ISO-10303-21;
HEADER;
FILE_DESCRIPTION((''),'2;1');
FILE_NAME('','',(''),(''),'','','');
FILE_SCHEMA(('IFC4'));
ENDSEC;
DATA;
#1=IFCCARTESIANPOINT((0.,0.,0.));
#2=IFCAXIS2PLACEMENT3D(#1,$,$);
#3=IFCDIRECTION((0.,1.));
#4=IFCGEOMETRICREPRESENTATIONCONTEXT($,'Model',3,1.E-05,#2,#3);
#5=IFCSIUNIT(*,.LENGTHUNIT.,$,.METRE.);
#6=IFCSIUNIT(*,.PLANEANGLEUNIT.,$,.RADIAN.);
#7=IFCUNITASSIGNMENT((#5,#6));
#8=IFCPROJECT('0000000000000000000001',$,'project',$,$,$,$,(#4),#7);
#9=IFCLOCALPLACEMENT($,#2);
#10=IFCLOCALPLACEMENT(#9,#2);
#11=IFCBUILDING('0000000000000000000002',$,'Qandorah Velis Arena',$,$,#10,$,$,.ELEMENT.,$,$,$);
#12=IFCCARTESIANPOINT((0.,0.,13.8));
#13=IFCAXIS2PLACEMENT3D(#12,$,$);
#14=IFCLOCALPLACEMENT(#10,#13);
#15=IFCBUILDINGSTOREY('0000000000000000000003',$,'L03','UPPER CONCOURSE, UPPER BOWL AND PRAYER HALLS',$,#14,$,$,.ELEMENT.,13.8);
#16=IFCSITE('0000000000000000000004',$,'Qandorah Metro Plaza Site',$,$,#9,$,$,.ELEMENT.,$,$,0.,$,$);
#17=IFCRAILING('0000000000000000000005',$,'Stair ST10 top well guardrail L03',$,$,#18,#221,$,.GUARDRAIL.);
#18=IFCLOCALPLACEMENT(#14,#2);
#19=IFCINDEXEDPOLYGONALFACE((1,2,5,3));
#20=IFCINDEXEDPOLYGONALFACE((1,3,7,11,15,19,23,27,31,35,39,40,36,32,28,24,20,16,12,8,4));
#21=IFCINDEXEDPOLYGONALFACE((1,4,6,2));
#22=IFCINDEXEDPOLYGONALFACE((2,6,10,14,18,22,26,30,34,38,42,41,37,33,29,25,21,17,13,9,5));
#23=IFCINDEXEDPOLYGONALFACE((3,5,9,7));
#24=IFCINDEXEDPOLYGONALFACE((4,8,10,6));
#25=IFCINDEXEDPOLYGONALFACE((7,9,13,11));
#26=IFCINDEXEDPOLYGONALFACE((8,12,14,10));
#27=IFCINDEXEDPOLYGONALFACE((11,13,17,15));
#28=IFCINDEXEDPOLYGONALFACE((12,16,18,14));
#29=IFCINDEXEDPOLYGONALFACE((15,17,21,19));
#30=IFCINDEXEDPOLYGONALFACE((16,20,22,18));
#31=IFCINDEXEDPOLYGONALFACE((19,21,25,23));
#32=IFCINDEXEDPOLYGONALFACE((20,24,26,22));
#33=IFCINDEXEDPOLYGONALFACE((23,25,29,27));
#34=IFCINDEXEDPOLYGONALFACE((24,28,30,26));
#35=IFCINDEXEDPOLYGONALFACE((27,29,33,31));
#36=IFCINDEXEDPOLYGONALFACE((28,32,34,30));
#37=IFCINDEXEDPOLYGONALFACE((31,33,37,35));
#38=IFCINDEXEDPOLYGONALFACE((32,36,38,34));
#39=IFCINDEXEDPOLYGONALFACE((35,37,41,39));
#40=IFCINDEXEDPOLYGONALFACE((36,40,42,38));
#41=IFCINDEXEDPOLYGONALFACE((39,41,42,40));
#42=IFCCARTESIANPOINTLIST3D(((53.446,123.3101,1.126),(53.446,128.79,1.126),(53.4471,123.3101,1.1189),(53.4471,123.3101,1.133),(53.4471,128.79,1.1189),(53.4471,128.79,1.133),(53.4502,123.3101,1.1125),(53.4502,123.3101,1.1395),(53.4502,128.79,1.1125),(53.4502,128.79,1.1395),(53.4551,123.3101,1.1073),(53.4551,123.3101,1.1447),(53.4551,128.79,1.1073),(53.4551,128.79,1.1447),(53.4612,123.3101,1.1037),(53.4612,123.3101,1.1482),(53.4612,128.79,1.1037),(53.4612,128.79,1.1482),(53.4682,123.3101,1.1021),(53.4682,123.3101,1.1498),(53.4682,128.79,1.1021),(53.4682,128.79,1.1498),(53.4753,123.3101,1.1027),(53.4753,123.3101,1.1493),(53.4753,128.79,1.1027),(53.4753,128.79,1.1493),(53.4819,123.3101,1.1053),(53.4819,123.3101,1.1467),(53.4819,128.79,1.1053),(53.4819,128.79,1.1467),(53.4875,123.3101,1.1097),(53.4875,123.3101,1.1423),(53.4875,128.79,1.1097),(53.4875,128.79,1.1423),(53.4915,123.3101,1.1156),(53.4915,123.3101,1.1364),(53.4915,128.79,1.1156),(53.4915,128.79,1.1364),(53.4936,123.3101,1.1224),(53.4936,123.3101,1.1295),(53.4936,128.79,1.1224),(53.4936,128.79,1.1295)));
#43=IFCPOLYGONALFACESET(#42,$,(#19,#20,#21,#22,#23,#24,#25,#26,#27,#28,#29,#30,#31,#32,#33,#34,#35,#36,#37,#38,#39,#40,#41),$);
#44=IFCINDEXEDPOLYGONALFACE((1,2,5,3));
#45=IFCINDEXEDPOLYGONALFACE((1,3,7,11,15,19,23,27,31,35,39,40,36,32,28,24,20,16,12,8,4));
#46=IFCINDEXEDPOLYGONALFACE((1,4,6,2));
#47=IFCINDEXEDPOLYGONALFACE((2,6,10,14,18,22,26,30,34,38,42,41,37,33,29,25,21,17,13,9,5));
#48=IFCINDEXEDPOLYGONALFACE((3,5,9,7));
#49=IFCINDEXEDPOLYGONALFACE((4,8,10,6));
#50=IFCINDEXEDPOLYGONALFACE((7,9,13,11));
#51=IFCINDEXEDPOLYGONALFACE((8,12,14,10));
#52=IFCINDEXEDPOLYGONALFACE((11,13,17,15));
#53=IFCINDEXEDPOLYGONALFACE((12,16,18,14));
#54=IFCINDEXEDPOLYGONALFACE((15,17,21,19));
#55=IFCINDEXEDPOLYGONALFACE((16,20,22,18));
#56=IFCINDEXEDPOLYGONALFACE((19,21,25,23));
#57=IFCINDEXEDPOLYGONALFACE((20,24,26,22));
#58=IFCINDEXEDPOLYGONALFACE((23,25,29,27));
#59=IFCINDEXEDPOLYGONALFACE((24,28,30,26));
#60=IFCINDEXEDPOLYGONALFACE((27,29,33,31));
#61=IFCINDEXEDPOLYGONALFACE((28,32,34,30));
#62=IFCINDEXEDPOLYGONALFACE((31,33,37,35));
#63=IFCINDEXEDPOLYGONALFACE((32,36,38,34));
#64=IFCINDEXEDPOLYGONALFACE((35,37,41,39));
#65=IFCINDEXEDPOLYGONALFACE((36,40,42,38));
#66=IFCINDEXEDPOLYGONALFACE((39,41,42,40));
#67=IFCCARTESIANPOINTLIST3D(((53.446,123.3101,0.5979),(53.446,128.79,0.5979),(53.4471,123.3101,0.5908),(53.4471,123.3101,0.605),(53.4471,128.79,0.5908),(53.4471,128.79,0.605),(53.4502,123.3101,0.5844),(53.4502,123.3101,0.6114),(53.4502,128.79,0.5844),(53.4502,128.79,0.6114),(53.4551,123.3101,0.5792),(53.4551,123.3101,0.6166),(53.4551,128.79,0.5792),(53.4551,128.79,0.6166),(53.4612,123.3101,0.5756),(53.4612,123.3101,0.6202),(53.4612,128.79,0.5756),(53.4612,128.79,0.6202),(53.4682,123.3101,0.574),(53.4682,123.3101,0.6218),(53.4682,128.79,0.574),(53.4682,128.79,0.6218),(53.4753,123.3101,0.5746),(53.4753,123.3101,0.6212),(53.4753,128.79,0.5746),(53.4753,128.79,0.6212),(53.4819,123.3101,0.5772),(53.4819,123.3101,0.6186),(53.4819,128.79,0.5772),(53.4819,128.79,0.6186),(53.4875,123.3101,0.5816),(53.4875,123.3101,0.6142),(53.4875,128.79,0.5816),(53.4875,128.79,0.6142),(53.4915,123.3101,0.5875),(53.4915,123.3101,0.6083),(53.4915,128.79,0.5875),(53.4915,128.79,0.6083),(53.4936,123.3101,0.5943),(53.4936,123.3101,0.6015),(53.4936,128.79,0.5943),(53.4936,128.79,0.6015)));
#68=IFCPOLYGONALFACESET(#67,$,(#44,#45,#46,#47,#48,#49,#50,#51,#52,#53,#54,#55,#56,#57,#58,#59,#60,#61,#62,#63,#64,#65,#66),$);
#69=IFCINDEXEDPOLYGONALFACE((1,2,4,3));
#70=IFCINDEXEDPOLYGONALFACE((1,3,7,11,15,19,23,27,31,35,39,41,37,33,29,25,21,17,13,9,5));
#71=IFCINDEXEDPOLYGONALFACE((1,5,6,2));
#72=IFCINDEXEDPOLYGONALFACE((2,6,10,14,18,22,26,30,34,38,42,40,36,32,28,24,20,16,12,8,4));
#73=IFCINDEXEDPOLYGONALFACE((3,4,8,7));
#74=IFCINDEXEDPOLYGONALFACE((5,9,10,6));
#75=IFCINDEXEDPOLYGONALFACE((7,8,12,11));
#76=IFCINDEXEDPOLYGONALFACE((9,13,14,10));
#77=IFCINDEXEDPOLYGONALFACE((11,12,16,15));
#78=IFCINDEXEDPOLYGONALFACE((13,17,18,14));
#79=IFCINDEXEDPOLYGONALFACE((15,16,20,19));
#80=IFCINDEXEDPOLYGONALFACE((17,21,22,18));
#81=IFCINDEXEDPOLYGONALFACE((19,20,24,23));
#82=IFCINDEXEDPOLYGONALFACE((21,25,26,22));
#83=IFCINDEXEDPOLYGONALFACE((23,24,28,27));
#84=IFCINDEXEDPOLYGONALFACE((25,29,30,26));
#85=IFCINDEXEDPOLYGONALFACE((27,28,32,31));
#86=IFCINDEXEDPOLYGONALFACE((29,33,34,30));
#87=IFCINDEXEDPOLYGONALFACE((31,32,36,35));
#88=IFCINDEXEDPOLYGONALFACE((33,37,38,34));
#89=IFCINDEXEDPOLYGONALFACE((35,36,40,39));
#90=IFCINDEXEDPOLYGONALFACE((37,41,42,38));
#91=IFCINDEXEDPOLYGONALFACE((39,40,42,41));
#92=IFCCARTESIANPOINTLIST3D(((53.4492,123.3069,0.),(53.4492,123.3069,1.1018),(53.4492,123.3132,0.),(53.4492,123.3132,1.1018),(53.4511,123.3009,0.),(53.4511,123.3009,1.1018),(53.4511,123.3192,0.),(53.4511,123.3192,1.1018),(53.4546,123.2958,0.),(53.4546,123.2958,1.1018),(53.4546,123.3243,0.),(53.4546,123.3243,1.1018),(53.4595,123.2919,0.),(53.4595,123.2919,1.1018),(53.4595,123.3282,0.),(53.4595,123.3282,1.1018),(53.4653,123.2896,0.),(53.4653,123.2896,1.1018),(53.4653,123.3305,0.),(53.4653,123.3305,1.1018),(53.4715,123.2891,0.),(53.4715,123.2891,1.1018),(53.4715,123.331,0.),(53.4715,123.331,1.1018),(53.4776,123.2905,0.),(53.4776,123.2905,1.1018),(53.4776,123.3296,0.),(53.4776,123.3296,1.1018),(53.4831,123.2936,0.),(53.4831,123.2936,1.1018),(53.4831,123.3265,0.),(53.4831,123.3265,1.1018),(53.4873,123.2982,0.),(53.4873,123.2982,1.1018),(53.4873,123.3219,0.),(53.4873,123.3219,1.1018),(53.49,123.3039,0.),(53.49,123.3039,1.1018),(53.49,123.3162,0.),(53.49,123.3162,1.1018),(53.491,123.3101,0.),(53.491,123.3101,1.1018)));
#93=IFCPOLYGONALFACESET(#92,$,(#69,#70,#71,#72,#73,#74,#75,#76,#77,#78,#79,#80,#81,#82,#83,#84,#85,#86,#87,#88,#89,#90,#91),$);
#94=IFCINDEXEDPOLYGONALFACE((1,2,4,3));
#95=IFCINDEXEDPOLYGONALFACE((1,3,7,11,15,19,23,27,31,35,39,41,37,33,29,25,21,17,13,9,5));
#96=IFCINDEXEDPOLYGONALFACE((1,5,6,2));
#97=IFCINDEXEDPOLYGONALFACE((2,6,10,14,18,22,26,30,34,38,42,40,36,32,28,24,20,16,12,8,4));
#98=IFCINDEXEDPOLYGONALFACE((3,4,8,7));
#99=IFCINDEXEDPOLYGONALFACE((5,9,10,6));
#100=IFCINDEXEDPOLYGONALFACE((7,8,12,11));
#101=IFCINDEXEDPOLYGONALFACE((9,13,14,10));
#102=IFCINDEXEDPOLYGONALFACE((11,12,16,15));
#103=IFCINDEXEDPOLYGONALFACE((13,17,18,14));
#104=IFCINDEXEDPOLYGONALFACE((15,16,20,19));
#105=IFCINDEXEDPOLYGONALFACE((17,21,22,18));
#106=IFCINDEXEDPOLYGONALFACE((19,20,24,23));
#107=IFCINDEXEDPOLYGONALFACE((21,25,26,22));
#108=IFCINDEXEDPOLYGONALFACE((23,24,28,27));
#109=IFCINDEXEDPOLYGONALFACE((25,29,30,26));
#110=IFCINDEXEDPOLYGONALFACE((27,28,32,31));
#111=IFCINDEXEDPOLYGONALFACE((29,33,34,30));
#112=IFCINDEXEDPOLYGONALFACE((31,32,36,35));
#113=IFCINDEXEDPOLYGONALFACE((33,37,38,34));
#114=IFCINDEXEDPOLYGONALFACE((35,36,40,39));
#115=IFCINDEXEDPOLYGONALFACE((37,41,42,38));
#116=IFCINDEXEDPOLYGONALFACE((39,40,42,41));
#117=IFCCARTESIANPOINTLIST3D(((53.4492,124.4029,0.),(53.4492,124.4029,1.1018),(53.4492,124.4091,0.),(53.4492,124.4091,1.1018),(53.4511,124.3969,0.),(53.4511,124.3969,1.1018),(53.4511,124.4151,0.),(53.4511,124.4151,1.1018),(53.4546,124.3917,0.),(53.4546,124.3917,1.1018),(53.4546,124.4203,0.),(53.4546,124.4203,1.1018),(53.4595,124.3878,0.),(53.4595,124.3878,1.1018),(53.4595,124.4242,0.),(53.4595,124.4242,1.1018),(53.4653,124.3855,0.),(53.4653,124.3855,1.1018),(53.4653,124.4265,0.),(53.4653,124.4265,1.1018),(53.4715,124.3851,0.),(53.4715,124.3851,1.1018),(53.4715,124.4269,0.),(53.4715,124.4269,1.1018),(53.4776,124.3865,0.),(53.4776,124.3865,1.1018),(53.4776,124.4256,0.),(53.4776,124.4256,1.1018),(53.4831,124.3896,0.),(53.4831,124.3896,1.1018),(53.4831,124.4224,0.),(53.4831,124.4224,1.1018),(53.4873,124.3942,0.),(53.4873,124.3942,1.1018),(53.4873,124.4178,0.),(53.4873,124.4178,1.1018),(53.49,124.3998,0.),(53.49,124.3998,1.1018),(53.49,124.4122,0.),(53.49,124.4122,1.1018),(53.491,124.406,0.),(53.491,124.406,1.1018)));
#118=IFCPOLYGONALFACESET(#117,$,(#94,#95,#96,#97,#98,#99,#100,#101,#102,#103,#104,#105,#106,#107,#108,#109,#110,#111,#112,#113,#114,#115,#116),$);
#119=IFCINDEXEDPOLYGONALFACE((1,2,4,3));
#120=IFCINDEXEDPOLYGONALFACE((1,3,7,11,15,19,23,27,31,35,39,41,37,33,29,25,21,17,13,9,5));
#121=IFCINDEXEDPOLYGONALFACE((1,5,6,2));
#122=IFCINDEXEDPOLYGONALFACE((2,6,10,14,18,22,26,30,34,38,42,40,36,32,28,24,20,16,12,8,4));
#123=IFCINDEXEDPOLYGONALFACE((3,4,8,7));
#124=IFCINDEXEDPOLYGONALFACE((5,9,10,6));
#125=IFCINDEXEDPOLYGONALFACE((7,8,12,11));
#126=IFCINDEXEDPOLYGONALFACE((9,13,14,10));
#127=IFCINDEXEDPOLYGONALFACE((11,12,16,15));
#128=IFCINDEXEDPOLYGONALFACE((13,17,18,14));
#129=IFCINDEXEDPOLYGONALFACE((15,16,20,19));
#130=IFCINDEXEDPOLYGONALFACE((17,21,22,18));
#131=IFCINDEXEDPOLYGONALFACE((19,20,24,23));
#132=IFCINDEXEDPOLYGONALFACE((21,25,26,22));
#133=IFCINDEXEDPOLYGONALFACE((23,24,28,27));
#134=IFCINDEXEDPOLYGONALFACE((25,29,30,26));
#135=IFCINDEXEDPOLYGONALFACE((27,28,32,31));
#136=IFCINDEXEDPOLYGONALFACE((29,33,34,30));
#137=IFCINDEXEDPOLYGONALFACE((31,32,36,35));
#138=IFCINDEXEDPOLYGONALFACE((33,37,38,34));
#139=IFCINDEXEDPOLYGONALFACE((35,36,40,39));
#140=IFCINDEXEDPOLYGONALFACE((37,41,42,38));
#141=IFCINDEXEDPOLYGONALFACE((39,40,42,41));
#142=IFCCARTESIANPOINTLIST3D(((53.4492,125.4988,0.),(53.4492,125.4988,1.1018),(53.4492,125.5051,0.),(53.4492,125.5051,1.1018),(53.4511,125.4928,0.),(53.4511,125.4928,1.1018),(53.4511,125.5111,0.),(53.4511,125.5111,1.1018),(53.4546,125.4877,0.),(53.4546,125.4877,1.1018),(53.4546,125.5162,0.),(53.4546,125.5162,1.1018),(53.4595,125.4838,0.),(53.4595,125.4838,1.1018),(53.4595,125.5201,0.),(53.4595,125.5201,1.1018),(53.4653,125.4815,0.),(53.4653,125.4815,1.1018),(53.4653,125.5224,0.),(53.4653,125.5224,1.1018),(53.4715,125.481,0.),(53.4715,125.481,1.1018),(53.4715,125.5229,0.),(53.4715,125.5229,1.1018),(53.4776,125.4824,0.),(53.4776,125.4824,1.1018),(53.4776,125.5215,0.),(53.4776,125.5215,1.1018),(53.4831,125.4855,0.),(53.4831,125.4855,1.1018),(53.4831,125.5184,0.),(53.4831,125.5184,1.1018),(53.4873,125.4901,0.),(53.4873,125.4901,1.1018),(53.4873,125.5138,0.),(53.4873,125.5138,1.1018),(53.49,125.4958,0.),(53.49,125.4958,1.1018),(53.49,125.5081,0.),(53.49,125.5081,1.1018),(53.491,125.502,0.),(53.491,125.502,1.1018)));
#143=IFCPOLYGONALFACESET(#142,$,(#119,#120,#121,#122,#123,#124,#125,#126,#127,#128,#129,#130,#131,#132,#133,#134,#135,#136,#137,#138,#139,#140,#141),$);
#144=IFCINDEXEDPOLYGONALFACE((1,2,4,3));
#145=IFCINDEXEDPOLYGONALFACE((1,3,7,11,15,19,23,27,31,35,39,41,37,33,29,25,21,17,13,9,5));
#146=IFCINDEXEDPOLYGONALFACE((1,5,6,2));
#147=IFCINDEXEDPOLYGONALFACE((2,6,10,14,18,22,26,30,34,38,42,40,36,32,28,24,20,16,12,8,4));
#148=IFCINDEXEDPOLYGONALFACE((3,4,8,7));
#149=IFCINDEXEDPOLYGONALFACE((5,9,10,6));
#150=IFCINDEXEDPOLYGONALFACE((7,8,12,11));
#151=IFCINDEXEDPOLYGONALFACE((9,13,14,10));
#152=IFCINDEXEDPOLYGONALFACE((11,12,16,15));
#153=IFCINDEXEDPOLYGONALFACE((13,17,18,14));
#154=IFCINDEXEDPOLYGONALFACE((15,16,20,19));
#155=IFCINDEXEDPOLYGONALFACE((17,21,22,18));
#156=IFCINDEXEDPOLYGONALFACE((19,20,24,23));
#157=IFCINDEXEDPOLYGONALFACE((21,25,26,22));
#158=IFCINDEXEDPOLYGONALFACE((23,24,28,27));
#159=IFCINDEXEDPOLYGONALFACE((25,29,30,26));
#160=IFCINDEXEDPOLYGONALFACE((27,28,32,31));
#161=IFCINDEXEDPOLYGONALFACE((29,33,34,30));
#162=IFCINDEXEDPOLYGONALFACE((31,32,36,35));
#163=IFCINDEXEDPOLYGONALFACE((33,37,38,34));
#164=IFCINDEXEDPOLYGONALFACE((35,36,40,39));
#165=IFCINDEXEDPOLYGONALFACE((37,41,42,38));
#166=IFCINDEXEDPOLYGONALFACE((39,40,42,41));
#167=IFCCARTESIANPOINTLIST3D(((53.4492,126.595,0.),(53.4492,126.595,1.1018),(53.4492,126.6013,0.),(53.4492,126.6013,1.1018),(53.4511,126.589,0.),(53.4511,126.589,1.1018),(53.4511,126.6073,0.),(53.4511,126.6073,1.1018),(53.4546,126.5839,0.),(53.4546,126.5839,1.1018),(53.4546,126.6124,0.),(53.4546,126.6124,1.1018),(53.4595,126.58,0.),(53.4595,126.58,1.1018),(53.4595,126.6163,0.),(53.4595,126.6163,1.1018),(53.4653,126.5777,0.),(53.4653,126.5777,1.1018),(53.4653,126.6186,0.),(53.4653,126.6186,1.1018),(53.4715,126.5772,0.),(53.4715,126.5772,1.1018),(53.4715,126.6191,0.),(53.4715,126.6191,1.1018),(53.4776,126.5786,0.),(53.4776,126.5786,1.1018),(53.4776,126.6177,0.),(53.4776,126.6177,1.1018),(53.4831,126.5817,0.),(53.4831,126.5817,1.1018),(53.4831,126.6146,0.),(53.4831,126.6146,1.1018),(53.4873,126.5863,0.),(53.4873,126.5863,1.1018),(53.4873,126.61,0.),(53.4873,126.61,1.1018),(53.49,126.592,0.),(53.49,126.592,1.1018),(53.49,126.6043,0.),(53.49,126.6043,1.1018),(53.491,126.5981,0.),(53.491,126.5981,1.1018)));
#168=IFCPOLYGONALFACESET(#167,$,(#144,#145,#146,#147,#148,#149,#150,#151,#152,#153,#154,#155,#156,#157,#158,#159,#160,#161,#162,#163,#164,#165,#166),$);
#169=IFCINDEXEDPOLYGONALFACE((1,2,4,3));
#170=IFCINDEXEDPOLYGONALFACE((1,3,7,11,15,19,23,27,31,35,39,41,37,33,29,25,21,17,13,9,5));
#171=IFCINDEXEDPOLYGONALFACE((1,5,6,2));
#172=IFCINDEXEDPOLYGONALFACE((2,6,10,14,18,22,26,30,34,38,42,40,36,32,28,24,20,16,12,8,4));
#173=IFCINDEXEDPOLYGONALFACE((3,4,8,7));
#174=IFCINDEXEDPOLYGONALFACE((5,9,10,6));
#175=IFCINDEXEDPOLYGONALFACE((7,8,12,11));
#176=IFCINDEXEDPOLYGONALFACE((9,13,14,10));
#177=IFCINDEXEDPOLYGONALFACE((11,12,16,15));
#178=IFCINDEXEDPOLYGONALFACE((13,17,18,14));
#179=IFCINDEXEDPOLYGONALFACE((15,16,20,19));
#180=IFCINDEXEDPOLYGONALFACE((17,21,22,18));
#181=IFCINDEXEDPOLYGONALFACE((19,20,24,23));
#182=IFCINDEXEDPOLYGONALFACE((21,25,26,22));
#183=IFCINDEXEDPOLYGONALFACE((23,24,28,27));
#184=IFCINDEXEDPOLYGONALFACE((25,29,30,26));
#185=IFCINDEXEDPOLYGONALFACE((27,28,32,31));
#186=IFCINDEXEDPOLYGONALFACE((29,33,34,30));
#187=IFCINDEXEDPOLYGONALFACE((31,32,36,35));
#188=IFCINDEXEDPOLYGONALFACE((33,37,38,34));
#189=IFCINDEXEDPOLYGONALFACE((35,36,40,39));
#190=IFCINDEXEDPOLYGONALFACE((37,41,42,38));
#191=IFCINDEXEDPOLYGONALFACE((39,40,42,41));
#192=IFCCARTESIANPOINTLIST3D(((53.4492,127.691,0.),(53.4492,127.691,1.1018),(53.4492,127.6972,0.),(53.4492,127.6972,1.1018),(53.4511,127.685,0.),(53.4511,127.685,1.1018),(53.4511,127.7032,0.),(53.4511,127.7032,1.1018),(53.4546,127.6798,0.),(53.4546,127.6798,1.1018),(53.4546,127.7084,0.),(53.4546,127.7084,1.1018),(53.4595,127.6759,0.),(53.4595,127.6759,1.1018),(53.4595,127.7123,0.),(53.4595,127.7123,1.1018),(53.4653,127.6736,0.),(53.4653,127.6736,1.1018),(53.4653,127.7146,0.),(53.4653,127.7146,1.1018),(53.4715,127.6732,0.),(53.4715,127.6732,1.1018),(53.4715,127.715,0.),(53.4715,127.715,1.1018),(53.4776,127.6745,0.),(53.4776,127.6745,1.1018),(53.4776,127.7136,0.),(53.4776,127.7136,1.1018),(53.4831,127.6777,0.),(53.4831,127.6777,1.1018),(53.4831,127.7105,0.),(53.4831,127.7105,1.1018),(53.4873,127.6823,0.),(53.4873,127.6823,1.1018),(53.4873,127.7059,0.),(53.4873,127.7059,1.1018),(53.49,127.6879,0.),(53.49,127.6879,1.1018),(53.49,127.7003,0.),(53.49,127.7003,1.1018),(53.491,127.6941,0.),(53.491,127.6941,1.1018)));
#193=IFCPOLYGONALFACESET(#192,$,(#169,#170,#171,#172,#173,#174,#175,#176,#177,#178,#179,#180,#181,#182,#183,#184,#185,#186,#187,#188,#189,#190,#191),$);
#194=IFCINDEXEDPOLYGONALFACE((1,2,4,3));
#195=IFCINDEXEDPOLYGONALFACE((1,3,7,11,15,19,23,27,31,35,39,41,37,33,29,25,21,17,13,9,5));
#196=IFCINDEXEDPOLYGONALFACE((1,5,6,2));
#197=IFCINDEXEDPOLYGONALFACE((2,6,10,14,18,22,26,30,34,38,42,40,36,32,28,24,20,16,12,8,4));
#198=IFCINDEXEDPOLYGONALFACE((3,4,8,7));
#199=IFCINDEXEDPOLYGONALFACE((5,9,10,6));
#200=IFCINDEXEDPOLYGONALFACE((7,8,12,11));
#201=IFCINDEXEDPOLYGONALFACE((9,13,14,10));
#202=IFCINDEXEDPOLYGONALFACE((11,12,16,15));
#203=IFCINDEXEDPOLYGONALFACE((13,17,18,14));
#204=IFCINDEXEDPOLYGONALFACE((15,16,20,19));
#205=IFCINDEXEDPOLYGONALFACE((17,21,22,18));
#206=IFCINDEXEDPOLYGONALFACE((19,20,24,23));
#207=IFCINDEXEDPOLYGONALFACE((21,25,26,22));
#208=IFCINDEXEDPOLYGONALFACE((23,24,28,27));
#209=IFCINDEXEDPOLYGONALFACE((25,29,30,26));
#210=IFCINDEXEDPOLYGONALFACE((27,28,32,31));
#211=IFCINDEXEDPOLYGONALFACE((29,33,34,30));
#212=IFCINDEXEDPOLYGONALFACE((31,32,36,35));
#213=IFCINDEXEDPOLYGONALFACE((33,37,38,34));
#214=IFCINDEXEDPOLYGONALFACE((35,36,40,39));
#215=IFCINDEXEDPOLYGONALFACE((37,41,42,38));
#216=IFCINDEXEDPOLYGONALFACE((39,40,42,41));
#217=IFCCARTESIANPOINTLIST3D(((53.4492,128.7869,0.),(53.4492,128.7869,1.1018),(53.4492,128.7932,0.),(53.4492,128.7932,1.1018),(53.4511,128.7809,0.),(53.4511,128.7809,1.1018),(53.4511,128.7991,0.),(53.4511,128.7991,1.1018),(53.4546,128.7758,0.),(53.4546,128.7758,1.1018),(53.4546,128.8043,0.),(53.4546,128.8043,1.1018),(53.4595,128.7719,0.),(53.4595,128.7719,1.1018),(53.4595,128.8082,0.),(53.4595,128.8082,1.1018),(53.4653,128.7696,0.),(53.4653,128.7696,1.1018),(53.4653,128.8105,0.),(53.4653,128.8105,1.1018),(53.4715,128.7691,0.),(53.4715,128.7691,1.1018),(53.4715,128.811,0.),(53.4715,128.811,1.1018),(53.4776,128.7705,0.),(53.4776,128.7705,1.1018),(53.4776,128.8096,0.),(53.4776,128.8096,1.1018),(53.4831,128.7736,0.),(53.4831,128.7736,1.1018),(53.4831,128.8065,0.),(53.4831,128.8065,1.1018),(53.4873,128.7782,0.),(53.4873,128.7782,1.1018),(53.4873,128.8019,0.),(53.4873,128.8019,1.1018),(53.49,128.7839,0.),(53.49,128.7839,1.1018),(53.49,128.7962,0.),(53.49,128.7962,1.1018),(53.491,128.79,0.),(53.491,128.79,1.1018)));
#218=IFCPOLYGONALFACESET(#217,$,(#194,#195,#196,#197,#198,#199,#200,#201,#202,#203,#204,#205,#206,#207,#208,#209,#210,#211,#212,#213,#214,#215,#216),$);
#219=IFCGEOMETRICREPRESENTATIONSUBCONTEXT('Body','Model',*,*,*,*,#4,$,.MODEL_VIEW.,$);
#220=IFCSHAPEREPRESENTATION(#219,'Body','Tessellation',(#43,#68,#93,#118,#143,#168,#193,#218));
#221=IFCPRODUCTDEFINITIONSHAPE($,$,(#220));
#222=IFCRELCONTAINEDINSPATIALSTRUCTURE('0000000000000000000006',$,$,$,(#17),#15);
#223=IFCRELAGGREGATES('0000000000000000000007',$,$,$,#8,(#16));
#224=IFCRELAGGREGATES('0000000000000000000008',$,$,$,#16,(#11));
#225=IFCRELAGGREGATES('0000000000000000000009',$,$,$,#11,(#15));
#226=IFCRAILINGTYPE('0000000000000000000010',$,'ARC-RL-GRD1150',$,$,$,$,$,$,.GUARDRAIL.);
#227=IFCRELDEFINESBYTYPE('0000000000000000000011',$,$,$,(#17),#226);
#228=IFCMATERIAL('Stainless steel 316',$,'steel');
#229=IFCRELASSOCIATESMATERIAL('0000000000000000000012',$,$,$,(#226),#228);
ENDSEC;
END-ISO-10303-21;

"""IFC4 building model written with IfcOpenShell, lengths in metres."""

from ifc_helpers import new_model, si_unit, direction, frame, origin, origin_2d, place, context, subcontext, project, spatial, circle, extrude, material, type_object, element, save


model = new_model("IFC4")

# Units and contexts
model_context = context("Model", 3, precision=1e-05, world=origin(), true_north=direction((0.0, 1.0)))
body_context = subcontext(model_context, "Body", "Model", "MODEL_VIEW")
ifc_project = project(units=[si_unit("LENGTHUNIT", "METRE"), si_unit("PLANEANGLEUNIT", "RADIAN")], contexts=[model_context])

# Site, building, storey
site_placement = place(None, origin())
site = spatial("IfcSite", under=ifc_project, at=site_placement, Name="Qandorah Metro Plaza Site", CompositionType="ELEMENT", RefElevation=0.0)
building_placement = place(site_placement, origin())
building = spatial("IfcBuilding", under=site, at=building_placement, Name="Qandorah Velis Arena", CompositionType="ELEMENT")
storey_placement = place(building_placement, frame((0.0, 0.0, 13.8)))
storey = spatial("IfcBuildingStorey", under=building, at=storey_placement, Name="L03", Description="UPPER CONCOURSE, UPPER BOWL AND PRAYER HALLS", CompositionType="ELEMENT", Elevation=13.8)

# Railing
ifc_material_1 = material(Name="Stainless steel 316", Category="steel")
railing_type = type_object("IfcRailingType", Name="ARC-RL-GRD1150", PredefinedType="GUARDRAIL", material=ifc_material_1)
railing_placement = place(storey_placement, frame((53.47, 123.3101, 0.0)))
element("IfcRailing", 1, at=railing_placement, inside=storey, type_object=railing_type, Name="Stair ST10 top well guardrail L03", PredefinedType="GUARDRAIL", context=body_context, shape_type="SweptSolid", body=[
    extrude(circle(Radius=0.0239, at=origin_2d()), frame((0.0, 0.0, 1.126), z_axis=(0.0, 1.0, 0.0), x_axis=(-1.0, 0.0, 0.0)), (0.0, 0.0, 1.0), 5.48),
    extrude(circle(Radius=0.0239, at=origin_2d()), frame((0.0, 0.0, 0.5979), z_axis=(0.0, 1.0, 0.0), x_axis=(-1.0, 0.0, 0.0)), (0.0, 0.0, 1.0), 5.48),
    extrude(circle(Radius=0.021, at=origin_2d()), origin(), (0.0, 0.0, 1.0), 1.1018),
    extrude(circle(Radius=0.021, at=origin_2d()), frame((0.0, 1.0959, 0.0)), (0.0, 0.0, 1.0), 1.1018),
    extrude(circle(Radius=0.021, at=origin_2d()), frame((0.0, 2.1919, 0.0)), (0.0, 0.0, 1.0), 1.1018),
    extrude(circle(Radius=0.021, at=origin_2d()), frame((0.0, 3.2881, 0.0)), (0.0, 0.0, 1.0), 1.1018),
    extrude(circle(Radius=0.021, at=origin_2d()), frame((0.0, 4.384, 0.0)), (0.0, 0.0, 1.0), 1.1018),
    extrude(circle(Radius=0.021, at=origin_2d()), frame((0.0, 5.48, 0.0)), (0.0, 0.0, 1.0), 1.1018),
])

save(model, "model.ifc")
